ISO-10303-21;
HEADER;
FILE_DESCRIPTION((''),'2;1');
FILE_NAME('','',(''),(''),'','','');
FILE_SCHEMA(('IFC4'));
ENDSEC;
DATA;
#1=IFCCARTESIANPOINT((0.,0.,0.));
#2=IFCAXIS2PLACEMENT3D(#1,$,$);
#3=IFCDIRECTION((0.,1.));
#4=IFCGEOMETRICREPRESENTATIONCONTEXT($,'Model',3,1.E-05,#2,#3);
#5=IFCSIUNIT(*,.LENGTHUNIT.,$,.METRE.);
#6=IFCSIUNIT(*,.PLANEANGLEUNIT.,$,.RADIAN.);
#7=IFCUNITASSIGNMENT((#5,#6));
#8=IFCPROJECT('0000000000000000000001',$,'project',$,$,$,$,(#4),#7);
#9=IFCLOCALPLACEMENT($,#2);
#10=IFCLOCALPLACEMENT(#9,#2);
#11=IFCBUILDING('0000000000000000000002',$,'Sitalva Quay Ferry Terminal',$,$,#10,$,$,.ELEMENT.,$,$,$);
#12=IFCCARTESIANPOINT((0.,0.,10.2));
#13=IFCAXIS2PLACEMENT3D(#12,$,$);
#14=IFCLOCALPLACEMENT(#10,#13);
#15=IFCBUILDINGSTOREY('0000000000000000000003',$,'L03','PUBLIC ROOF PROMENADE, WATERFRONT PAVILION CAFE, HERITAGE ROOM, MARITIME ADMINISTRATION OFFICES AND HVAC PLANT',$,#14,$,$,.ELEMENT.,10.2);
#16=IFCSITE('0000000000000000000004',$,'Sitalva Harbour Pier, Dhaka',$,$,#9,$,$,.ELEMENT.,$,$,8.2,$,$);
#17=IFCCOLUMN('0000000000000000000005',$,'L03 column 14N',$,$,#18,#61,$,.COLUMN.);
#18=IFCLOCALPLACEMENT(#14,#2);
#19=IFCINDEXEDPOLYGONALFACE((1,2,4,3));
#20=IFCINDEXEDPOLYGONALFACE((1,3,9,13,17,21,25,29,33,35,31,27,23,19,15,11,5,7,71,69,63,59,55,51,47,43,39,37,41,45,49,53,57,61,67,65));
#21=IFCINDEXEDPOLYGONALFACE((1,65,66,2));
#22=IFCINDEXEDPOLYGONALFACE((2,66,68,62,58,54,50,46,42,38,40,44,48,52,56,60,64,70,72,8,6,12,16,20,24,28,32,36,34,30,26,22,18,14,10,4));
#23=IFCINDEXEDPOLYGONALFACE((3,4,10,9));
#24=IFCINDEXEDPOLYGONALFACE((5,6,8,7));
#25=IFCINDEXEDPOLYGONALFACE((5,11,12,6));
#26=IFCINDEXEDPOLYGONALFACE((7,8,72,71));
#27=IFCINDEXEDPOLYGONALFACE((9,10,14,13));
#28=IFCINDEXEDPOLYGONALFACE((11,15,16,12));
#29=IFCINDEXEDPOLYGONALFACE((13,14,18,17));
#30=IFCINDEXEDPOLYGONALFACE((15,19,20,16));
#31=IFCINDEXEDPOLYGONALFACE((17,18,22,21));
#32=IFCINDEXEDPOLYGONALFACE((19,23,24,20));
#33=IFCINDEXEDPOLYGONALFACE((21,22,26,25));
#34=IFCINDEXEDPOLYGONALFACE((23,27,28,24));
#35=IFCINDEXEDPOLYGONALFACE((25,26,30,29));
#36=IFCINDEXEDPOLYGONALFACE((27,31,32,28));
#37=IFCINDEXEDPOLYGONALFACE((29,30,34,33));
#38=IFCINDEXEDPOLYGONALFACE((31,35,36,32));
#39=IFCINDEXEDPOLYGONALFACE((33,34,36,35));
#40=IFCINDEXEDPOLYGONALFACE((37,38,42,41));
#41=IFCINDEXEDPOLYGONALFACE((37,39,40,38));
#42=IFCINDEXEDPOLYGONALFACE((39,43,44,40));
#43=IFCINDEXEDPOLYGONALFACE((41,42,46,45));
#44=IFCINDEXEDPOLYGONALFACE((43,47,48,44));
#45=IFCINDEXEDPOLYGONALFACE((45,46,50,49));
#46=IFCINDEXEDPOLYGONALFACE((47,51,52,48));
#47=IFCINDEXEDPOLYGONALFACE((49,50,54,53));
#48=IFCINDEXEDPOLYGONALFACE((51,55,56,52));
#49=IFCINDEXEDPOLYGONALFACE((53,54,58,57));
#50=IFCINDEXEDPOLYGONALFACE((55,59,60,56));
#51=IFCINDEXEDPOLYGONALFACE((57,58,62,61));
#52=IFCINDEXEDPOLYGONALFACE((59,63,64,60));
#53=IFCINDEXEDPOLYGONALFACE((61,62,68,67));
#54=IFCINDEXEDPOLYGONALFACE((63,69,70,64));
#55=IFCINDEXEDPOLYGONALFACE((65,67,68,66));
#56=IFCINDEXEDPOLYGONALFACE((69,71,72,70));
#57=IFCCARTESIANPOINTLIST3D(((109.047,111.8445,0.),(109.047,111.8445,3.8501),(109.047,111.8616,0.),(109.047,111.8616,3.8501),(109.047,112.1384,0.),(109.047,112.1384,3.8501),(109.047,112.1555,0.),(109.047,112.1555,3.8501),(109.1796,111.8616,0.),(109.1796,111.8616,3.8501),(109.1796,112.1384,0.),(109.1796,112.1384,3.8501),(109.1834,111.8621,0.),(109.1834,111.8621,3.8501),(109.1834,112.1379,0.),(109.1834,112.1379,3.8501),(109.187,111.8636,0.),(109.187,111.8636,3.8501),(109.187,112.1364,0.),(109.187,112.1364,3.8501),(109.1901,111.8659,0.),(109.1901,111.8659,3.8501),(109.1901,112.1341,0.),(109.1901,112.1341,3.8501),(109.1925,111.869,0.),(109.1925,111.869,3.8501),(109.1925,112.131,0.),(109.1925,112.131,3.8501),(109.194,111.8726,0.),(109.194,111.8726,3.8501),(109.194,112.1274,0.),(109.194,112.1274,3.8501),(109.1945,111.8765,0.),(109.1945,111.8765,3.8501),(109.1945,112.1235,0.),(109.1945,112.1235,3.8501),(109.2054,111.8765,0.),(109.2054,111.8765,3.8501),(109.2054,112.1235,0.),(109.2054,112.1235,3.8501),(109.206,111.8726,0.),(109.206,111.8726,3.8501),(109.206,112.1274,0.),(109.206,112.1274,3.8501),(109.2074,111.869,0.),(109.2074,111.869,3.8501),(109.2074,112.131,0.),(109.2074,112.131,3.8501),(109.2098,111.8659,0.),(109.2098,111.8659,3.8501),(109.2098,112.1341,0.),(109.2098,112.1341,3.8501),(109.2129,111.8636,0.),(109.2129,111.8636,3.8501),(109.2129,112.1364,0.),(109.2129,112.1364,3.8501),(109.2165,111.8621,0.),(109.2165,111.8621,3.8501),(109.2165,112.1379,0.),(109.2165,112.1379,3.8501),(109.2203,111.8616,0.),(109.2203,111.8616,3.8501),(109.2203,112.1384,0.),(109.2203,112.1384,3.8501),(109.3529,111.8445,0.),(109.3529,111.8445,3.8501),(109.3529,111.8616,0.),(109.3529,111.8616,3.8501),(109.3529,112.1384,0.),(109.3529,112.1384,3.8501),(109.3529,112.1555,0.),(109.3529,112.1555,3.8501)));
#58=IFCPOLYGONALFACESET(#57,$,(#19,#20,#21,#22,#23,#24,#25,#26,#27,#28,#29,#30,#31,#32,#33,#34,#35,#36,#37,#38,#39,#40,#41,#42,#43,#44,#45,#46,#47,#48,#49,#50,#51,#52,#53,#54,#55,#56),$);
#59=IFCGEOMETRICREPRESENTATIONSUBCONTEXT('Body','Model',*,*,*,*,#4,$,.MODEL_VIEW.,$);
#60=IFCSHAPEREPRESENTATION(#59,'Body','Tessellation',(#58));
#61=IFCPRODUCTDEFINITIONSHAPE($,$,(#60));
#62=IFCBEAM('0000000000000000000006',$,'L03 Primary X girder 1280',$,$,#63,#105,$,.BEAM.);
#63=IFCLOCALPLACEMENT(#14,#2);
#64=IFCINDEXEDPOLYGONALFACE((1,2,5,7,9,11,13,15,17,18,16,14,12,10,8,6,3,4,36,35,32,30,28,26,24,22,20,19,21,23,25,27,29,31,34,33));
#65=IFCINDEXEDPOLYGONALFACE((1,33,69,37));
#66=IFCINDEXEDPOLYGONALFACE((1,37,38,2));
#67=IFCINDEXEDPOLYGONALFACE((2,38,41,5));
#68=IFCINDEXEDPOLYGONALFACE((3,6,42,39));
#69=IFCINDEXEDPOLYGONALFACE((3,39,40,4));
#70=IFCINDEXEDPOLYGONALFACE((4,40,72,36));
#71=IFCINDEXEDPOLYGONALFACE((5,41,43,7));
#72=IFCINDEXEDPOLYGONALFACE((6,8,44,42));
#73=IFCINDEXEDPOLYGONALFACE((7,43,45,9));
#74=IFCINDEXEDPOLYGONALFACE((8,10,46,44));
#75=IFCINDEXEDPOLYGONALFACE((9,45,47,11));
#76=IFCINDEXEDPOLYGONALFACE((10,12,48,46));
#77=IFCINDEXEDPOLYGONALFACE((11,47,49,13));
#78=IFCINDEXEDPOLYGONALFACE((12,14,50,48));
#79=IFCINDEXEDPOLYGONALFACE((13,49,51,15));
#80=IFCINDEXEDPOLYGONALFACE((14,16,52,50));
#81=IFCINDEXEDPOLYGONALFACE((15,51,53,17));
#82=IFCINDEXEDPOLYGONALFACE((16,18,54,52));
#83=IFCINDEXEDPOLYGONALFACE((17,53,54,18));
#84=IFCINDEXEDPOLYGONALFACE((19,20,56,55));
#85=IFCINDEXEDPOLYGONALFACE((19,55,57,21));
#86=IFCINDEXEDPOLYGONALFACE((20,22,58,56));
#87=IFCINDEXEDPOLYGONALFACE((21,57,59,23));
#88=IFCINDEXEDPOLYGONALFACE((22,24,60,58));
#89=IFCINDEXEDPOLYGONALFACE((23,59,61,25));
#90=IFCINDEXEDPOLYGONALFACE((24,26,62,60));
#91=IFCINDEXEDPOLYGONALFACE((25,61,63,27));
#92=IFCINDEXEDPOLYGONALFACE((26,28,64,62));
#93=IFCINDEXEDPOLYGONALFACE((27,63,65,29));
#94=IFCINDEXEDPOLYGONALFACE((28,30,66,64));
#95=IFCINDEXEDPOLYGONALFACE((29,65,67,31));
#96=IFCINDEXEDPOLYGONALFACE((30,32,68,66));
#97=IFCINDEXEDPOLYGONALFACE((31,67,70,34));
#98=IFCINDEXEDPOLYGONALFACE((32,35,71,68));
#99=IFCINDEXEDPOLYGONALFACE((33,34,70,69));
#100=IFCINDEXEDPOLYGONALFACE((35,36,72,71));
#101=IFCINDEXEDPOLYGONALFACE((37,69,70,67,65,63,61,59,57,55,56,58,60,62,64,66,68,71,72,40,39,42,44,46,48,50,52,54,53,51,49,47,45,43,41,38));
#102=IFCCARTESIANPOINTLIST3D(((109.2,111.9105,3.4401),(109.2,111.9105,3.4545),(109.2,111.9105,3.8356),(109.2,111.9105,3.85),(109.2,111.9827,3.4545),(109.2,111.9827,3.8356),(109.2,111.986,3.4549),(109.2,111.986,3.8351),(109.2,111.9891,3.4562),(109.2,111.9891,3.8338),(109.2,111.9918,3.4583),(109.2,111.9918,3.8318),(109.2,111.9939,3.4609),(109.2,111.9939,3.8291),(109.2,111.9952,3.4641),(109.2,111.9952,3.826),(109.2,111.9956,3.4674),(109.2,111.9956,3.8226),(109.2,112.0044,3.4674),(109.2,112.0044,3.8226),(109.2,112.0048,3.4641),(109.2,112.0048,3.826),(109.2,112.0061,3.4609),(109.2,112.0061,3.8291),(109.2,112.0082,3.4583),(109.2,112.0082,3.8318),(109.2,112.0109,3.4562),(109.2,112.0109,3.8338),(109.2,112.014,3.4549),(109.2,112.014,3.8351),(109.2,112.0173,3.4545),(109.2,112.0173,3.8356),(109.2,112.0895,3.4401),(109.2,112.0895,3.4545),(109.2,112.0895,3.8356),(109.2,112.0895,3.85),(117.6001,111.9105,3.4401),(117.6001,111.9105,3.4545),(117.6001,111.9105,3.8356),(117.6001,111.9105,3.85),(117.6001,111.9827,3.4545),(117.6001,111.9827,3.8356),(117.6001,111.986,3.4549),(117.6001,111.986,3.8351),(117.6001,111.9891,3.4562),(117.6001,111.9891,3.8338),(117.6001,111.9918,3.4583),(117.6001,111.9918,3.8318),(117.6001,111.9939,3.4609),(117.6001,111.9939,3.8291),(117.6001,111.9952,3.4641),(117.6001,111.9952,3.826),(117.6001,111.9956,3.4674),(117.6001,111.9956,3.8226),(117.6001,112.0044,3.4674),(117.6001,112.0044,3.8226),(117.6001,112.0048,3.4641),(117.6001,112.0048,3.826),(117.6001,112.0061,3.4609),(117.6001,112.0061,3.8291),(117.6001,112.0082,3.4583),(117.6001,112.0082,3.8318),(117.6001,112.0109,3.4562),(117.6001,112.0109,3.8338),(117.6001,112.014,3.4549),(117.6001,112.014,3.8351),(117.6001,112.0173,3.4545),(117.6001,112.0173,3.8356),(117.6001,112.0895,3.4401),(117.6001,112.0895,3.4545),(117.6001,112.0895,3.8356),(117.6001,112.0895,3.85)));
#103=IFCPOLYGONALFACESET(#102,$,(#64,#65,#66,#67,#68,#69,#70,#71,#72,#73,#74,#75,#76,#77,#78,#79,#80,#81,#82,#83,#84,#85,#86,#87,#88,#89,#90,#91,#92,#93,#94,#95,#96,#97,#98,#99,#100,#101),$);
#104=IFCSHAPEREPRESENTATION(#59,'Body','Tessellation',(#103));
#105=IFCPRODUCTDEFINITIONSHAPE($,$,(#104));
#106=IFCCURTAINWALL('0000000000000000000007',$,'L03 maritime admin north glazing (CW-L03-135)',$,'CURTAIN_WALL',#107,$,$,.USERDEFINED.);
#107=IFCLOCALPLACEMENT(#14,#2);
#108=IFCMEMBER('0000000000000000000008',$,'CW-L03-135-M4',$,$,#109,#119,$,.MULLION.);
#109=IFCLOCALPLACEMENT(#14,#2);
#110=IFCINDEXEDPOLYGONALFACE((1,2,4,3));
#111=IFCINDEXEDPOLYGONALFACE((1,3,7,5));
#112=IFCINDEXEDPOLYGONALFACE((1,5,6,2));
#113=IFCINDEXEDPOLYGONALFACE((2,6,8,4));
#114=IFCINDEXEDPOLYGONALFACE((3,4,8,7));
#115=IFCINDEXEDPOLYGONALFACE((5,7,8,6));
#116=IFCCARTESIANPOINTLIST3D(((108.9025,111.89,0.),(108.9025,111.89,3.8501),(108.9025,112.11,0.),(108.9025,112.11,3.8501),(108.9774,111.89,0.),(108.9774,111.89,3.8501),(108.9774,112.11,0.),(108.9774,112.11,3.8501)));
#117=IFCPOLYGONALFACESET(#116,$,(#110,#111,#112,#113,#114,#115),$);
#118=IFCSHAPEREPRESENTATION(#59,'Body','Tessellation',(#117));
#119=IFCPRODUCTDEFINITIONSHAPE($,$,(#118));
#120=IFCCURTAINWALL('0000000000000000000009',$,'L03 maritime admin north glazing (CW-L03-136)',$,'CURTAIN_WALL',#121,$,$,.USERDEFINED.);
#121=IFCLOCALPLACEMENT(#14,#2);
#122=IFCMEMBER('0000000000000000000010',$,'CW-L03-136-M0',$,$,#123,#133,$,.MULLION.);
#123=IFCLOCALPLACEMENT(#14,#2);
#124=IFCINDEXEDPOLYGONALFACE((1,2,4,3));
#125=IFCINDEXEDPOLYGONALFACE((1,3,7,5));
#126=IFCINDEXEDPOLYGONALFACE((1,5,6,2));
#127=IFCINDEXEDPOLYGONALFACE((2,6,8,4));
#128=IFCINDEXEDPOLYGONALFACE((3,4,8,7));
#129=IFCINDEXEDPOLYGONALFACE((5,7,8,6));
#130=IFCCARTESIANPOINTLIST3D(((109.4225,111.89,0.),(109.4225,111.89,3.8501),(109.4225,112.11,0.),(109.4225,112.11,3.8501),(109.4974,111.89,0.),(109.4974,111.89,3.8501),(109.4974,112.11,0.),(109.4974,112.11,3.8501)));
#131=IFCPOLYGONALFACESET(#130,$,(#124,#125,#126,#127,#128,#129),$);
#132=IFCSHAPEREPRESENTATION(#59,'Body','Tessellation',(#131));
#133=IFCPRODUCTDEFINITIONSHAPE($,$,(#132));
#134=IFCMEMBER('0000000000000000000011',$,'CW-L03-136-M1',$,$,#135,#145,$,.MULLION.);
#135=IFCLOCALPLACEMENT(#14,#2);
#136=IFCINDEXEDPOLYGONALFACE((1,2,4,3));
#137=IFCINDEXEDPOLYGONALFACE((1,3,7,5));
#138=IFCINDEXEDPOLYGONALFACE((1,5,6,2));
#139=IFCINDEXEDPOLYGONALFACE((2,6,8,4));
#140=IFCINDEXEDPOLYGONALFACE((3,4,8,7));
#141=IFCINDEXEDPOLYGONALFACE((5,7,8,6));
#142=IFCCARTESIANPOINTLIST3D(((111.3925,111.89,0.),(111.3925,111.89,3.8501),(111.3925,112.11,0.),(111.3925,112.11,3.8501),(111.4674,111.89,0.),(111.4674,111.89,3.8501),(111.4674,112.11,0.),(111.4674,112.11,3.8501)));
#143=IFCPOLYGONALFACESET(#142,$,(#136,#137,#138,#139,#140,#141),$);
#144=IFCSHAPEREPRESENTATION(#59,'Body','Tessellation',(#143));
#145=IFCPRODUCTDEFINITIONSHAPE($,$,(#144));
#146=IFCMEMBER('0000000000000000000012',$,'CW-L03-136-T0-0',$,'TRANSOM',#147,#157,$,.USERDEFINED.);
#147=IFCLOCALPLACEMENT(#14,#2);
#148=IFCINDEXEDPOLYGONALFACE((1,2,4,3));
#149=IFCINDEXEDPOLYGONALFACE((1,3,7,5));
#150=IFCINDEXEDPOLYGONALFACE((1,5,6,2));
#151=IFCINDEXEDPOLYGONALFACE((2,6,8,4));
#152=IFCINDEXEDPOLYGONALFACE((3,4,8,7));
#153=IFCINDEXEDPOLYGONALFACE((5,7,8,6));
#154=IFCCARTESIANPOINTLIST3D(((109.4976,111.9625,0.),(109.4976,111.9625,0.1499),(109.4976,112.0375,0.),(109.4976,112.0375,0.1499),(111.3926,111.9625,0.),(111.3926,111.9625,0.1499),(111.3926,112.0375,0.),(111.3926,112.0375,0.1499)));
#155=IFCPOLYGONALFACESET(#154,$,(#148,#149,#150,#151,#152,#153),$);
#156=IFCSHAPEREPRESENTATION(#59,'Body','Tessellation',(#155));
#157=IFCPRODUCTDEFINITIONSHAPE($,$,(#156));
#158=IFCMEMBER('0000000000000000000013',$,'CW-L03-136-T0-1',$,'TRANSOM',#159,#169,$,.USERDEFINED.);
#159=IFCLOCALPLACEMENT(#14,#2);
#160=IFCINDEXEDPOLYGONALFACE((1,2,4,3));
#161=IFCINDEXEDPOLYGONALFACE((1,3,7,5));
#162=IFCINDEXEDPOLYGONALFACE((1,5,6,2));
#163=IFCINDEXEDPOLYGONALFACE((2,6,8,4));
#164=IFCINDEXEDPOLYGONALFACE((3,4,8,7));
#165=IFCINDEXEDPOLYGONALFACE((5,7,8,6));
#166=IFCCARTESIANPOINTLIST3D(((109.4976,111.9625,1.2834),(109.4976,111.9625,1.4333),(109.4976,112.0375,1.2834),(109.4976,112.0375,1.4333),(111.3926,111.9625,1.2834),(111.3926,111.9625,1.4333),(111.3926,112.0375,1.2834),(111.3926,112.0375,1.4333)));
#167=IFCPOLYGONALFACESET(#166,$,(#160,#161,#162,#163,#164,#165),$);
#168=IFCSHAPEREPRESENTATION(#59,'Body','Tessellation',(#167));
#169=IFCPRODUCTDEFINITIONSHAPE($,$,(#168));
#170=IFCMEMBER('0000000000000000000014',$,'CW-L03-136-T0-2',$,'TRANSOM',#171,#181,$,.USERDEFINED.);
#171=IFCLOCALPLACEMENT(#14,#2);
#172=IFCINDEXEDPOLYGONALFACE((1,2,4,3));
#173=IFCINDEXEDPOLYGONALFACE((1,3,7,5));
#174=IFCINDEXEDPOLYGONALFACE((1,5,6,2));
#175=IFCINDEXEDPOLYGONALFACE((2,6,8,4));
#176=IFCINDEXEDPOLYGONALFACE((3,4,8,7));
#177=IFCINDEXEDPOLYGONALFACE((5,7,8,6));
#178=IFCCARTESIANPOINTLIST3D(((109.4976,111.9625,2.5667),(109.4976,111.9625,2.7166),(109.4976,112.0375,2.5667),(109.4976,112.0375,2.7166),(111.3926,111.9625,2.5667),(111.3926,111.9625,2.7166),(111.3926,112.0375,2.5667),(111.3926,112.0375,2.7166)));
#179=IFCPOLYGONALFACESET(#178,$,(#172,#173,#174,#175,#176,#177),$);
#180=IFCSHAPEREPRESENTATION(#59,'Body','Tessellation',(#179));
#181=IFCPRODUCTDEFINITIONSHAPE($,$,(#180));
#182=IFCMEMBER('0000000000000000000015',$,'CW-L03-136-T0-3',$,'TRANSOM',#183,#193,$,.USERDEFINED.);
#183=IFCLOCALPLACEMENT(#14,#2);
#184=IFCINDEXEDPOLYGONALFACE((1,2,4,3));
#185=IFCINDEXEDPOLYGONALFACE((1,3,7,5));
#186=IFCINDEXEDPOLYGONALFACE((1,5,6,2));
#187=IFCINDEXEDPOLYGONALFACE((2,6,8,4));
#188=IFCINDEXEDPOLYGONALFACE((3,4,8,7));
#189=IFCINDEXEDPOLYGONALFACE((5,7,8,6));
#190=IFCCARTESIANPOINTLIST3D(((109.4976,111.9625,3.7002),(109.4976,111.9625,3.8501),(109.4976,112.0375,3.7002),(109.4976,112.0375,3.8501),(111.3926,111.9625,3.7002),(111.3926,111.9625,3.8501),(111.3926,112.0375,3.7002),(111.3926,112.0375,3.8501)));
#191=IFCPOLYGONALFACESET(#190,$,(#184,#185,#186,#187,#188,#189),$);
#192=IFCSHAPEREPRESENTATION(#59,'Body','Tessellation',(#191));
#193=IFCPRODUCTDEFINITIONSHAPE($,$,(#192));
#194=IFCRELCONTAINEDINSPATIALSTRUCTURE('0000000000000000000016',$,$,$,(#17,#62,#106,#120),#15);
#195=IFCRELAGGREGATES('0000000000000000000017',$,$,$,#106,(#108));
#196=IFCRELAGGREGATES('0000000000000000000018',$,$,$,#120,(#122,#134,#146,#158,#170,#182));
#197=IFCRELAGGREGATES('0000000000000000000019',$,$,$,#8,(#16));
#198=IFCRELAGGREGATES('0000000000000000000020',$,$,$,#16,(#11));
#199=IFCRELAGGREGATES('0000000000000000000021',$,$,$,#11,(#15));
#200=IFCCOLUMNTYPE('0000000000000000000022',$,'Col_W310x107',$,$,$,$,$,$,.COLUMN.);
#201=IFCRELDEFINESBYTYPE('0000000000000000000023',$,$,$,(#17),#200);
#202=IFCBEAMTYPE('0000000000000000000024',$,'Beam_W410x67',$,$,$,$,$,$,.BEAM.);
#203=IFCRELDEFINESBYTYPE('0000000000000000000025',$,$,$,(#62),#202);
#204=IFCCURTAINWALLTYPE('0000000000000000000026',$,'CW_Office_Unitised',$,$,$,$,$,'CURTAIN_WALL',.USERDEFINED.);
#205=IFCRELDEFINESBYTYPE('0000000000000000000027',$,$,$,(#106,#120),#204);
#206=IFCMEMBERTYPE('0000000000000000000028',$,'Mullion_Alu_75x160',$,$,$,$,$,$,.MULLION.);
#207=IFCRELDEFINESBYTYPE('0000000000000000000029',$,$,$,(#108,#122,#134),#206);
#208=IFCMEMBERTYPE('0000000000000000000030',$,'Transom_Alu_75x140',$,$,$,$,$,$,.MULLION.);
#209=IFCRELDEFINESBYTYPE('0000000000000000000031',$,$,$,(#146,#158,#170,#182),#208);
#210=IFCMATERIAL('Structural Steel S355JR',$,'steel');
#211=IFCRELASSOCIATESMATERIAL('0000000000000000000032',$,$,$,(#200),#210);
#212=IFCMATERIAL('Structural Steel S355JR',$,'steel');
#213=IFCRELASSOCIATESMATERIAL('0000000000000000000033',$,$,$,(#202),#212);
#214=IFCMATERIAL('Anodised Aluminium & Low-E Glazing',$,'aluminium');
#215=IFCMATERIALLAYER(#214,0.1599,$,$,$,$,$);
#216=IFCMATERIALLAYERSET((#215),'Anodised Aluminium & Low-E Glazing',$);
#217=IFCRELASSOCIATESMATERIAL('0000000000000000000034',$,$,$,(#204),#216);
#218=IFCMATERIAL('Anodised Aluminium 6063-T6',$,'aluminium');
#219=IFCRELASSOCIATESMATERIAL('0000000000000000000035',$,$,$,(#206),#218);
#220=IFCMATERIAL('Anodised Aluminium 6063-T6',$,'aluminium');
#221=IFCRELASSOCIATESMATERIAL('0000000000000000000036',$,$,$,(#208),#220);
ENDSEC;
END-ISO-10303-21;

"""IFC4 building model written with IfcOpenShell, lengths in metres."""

from ifc_helpers import new_model, si_unit, direction, frame, origin, origin_2d, place, context, subcontext, project, spatial, rectangle, i_section, extrude, material, layer, layer_set, material_profile, profile_set, type_object, element, aggregate, save


model = new_model("IFC4")

# Units and contexts
model_context = context("Model", 3, precision=1e-05, world=origin(), true_north=direction((0.0, 1.0)))
body_context = subcontext(model_context, "Body", "Model", "MODEL_VIEW")
ifc_project = project(units=[si_unit("LENGTHUNIT", "METRE"), si_unit("PLANEANGLEUNIT", "RADIAN")], contexts=[model_context])

# Site, building, storey
site_placement = place(None, origin())
site = spatial("IfcSite", under=ifc_project, at=site_placement, Name="Sitalva Harbour Pier, Dhaka", CompositionType="ELEMENT", RefElevation=8.2)
building_placement = place(site_placement, origin())
building = spatial("IfcBuilding", under=site, at=building_placement, Name="Sitalva Quay Ferry Terminal", CompositionType="ELEMENT")
storey_placement = place(building_placement, frame((0.0, 0.0, 10.2)))
storey = spatial("IfcBuildingStorey", under=building, at=storey_placement, Name="L03", Description="PUBLIC ROOF PROMENADE, WATERFRONT PAVILION CAFE, HERITAGE ROOM, MARITIME ADMINISTRATION OFFICES AND HVAC PLANT", CompositionType="ELEMENT", Elevation=10.2)

# Column
ifc_material_1 = material(Name="Structural Steel S355JR", Category="steel")
ifc_material_profile_1 = material_profile(ifc_material_1, i_section(OverallWidth=0.3059, OverallDepth=0.311, WebThickness=0.011, FlangeThickness=0.0171, FilletRadius=0.0149, at=origin_2d()), Name="W310x107")
ifc_profile_set_1 = profile_set([ifc_material_profile_1], Name="Structural Steel S355JR")
column_type = type_object("IfcColumnType", Name="Col_W310x107", PredefinedType="COLUMN", material=ifc_profile_set_1)
column_placement = place(storey_placement, frame((109.2, 112.0, 0.0), z_axis=(0.0, 0.0, 1.0), x_axis=(1.0, 0.0, 0.0)))
element("IfcColumn", 1, at=column_placement, inside=storey, type_object=column_type, Name="L03 column 14N", PredefinedType="COLUMN", context=body_context, shape_type="SweptSolid", body=[
    extrude(i_section(OverallWidth=0.3059, OverallDepth=0.311, WebThickness=0.011, FlangeThickness=0.0171, FilletRadius=0.0149, at=origin_2d()), origin(), (0.0, 0.0, 1.0), 3.8501),
])

# Beam
ifc_material_2 = material(Name="Structural Steel S355JR", Category="steel")
ifc_material_profile_2 = material_profile(ifc_material_2, i_section(OverallWidth=0.179, OverallDepth=0.4099, WebThickness=0.0088, FlangeThickness=0.0144, FilletRadius=0.0129, at=origin_2d()), Name="W410x67")
ifc_profile_set_2 = profile_set([ifc_material_profile_2], Name="Structural Steel S355JR")
beam_type = type_object("IfcBeamType", Name="Beam_W410x67", PredefinedType="BEAM", material=ifc_profile_set_2)
beam_placement = place(storey_placement, frame((109.2, 112.0, 3.645), z_axis=(1.0, 0.0, 0.0), x_axis=(0.0, 1.0, 0.0)))
element("IfcBeam", 2, at=beam_placement, inside=storey, type_object=beam_type, Name="L03 Primary X girder 1280", PredefinedType="BEAM", context=body_context, shape_type="SweptSolid", body=[
    extrude(i_section(OverallWidth=0.179, OverallDepth=0.4099, WebThickness=0.0088, FlangeThickness=0.0144, FilletRadius=0.0129, at=origin_2d()), origin(), (0.0, 0.0, 1.0), 8.4001),
])

# Curtain wall, member
ifc_material_3 = material(Name="Anodised Aluminium & Low-E Glazing", Category="aluminium")
ifc_layer_1 = layer(ifc_material_3, 0.1599)
ifc_layer_set_1 = layer_set([ifc_layer_1], Name="Anodised Aluminium & Low-E Glazing")
curtain_wall_type = type_object("IfcCurtainWallType", Name="CW_Office_Unitised", ElementType="CURTAIN_WALL", PredefinedType="USERDEFINED", material=ifc_layer_set_1)
curtain_wall_1_placement = place(storey_placement, origin())
curtain_wall_1 = element("IfcCurtainWall", 3, at=curtain_wall_1_placement, inside=storey, type_object=curtain_wall_type, Name="L03 maritime admin north glazing (CW-L03-135)", ObjectType="CURTAIN_WALL", PredefinedType="USERDEFINED")
ifc_material_4 = material(Name="Anodised Aluminium 6063-T6", Category="aluminium")
ifc_material_profile_3 = material_profile(ifc_material_4, rectangle(XDim=0.075, YDim=0.22, at=origin_2d()), Name="ALU75x220")
ifc_profile_set_3 = profile_set([ifc_material_profile_3], Name="Anodised Aluminium 6063-T6")
member_type_1 = type_object("IfcMemberType", Name="Mullion_Alu_75x160", PredefinedType="MULLION", material=ifc_profile_set_3)
member_1_placement = place(storey_placement, frame((108.9399, 112.0, 0.0), z_axis=(0.0, 0.0, 1.0), x_axis=(1.0, 0.0, 0.0)))
member_1 = element("IfcMember", 4, at=member_1_placement, type_object=member_type_1, Name="CW-L03-135-M4", PredefinedType="MULLION", context=body_context, shape_type="SweptSolid", body=[
    extrude(rectangle(XDim=0.075, YDim=0.22, at=origin_2d()), origin(), (0.0, 0.0, 1.0), 3.8501),
])

# Curtain wall, members
curtain_wall_2_placement = place(storey_placement, origin())
curtain_wall_2 = element("IfcCurtainWall", 5, at=curtain_wall_2_placement, inside=storey, type_object=curtain_wall_type, Name="L03 maritime admin north glazing (CW-L03-136)", ObjectType="CURTAIN_WALL", PredefinedType="USERDEFINED")
member_2_placement = place(storey_placement, frame((109.46, 112.0, 0.0), z_axis=(0.0, 0.0, 1.0), x_axis=(1.0, 0.0, 0.0)))
member_2 = element("IfcMember", 6, at=member_2_placement, type_object=member_type_1, Name="CW-L03-136-M0", PredefinedType="MULLION", context=body_context, shape_type="SweptSolid", body=[
    extrude(rectangle(XDim=0.075, YDim=0.22, at=origin_2d()), origin(), (0.0, 0.0, 1.0), 3.8501),
])
member_3_placement = place(storey_placement, frame((111.4299, 112.0, 0.0), z_axis=(0.0, 0.0, 1.0), x_axis=(1.0, 0.0, 0.0)))
member_3 = element("IfcMember", 7, at=member_3_placement, type_object=member_type_1, Name="CW-L03-136-M1", PredefinedType="MULLION", context=body_context, shape_type="SweptSolid", body=[
    extrude(rectangle(XDim=0.075, YDim=0.22, at=origin_2d()), origin(), (0.0, 0.0, 1.0), 3.8501),
])
ifc_material_5 = material(Name="Anodised Aluminium 6063-T6", Category="aluminium")
ifc_material_profile_4 = material_profile(ifc_material_5, rectangle(XDim=0.075, YDim=0.1499, at=origin_2d()), Name="ALU75x150")
ifc_profile_set_4 = profile_set([ifc_material_profile_4], Name="Anodised Aluminium 6063-T6")
member_type_2 = type_object("IfcMemberType", Name="Transom_Alu_75x140", PredefinedType="MULLION", material=ifc_profile_set_4)
member_4_placement = place(storey_placement, frame((109.4976, 112.0, 0.075), z_axis=(1.0, 0.0, 0.0), x_axis=(0.0, 1.0, 0.0)))
member_4 = element("IfcMember", 8, at=member_4_placement, type_object=member_type_2, Name="CW-L03-136-T0-0", ObjectType="TRANSOM", PredefinedType="USERDEFINED", context=body_context, shape_type="SweptSolid", body=[
    extrude(rectangle(XDim=0.075, YDim=0.1499, at=origin_2d()), origin(), (0.0, 0.0, 1.0), 1.895),
])
member_5_placement = place(storey_placement, frame((109.4976, 112.0, 1.3584), z_axis=(1.0, 0.0, 0.0), x_axis=(0.0, 1.0, 0.0)))
member_5 = element("IfcMember", 9, at=member_5_placement, type_object=member_type_2, Name="CW-L03-136-T0-1", ObjectType="TRANSOM", PredefinedType="USERDEFINED", context=body_context, shape_type="SweptSolid", body=[
    extrude(rectangle(XDim=0.075, YDim=0.1499, at=origin_2d()), origin(), (0.0, 0.0, 1.0), 1.895),
])
member_6_placement = place(storey_placement, frame((109.4976, 112.0, 2.6416), z_axis=(1.0, 0.0, 0.0), x_axis=(0.0, 1.0, 0.0)))
member_6 = element("IfcMember", 10, at=member_6_placement, type_object=member_type_2, Name="CW-L03-136-T0-2", ObjectType="TRANSOM", PredefinedType="USERDEFINED", context=body_context, shape_type="SweptSolid", body=[
    extrude(rectangle(XDim=0.075, YDim=0.1499, at=origin_2d()), origin(), (0.0, 0.0, 1.0), 1.895),
])
member_7_placement = place(storey_placement, frame((109.4976, 112.0, 3.7751), z_axis=(1.0, 0.0, 0.0), x_axis=(0.0, 1.0, 0.0)))
member_7 = element("IfcMember", 11, at=member_7_placement, type_object=member_type_2, Name="CW-L03-136-T0-3", ObjectType="TRANSOM", PredefinedType="USERDEFINED", context=body_context, shape_type="SweptSolid", body=[
    extrude(rectangle(XDim=0.075, YDim=0.1499, at=origin_2d()), origin(), (0.0, 0.0, 1.0), 1.895),
])

aggregate(curtain_wall_1, [member_1])
aggregate(curtain_wall_2, [member_2, member_3, member_4, member_5, member_6, member_7])

save(model, "model.ifc")
